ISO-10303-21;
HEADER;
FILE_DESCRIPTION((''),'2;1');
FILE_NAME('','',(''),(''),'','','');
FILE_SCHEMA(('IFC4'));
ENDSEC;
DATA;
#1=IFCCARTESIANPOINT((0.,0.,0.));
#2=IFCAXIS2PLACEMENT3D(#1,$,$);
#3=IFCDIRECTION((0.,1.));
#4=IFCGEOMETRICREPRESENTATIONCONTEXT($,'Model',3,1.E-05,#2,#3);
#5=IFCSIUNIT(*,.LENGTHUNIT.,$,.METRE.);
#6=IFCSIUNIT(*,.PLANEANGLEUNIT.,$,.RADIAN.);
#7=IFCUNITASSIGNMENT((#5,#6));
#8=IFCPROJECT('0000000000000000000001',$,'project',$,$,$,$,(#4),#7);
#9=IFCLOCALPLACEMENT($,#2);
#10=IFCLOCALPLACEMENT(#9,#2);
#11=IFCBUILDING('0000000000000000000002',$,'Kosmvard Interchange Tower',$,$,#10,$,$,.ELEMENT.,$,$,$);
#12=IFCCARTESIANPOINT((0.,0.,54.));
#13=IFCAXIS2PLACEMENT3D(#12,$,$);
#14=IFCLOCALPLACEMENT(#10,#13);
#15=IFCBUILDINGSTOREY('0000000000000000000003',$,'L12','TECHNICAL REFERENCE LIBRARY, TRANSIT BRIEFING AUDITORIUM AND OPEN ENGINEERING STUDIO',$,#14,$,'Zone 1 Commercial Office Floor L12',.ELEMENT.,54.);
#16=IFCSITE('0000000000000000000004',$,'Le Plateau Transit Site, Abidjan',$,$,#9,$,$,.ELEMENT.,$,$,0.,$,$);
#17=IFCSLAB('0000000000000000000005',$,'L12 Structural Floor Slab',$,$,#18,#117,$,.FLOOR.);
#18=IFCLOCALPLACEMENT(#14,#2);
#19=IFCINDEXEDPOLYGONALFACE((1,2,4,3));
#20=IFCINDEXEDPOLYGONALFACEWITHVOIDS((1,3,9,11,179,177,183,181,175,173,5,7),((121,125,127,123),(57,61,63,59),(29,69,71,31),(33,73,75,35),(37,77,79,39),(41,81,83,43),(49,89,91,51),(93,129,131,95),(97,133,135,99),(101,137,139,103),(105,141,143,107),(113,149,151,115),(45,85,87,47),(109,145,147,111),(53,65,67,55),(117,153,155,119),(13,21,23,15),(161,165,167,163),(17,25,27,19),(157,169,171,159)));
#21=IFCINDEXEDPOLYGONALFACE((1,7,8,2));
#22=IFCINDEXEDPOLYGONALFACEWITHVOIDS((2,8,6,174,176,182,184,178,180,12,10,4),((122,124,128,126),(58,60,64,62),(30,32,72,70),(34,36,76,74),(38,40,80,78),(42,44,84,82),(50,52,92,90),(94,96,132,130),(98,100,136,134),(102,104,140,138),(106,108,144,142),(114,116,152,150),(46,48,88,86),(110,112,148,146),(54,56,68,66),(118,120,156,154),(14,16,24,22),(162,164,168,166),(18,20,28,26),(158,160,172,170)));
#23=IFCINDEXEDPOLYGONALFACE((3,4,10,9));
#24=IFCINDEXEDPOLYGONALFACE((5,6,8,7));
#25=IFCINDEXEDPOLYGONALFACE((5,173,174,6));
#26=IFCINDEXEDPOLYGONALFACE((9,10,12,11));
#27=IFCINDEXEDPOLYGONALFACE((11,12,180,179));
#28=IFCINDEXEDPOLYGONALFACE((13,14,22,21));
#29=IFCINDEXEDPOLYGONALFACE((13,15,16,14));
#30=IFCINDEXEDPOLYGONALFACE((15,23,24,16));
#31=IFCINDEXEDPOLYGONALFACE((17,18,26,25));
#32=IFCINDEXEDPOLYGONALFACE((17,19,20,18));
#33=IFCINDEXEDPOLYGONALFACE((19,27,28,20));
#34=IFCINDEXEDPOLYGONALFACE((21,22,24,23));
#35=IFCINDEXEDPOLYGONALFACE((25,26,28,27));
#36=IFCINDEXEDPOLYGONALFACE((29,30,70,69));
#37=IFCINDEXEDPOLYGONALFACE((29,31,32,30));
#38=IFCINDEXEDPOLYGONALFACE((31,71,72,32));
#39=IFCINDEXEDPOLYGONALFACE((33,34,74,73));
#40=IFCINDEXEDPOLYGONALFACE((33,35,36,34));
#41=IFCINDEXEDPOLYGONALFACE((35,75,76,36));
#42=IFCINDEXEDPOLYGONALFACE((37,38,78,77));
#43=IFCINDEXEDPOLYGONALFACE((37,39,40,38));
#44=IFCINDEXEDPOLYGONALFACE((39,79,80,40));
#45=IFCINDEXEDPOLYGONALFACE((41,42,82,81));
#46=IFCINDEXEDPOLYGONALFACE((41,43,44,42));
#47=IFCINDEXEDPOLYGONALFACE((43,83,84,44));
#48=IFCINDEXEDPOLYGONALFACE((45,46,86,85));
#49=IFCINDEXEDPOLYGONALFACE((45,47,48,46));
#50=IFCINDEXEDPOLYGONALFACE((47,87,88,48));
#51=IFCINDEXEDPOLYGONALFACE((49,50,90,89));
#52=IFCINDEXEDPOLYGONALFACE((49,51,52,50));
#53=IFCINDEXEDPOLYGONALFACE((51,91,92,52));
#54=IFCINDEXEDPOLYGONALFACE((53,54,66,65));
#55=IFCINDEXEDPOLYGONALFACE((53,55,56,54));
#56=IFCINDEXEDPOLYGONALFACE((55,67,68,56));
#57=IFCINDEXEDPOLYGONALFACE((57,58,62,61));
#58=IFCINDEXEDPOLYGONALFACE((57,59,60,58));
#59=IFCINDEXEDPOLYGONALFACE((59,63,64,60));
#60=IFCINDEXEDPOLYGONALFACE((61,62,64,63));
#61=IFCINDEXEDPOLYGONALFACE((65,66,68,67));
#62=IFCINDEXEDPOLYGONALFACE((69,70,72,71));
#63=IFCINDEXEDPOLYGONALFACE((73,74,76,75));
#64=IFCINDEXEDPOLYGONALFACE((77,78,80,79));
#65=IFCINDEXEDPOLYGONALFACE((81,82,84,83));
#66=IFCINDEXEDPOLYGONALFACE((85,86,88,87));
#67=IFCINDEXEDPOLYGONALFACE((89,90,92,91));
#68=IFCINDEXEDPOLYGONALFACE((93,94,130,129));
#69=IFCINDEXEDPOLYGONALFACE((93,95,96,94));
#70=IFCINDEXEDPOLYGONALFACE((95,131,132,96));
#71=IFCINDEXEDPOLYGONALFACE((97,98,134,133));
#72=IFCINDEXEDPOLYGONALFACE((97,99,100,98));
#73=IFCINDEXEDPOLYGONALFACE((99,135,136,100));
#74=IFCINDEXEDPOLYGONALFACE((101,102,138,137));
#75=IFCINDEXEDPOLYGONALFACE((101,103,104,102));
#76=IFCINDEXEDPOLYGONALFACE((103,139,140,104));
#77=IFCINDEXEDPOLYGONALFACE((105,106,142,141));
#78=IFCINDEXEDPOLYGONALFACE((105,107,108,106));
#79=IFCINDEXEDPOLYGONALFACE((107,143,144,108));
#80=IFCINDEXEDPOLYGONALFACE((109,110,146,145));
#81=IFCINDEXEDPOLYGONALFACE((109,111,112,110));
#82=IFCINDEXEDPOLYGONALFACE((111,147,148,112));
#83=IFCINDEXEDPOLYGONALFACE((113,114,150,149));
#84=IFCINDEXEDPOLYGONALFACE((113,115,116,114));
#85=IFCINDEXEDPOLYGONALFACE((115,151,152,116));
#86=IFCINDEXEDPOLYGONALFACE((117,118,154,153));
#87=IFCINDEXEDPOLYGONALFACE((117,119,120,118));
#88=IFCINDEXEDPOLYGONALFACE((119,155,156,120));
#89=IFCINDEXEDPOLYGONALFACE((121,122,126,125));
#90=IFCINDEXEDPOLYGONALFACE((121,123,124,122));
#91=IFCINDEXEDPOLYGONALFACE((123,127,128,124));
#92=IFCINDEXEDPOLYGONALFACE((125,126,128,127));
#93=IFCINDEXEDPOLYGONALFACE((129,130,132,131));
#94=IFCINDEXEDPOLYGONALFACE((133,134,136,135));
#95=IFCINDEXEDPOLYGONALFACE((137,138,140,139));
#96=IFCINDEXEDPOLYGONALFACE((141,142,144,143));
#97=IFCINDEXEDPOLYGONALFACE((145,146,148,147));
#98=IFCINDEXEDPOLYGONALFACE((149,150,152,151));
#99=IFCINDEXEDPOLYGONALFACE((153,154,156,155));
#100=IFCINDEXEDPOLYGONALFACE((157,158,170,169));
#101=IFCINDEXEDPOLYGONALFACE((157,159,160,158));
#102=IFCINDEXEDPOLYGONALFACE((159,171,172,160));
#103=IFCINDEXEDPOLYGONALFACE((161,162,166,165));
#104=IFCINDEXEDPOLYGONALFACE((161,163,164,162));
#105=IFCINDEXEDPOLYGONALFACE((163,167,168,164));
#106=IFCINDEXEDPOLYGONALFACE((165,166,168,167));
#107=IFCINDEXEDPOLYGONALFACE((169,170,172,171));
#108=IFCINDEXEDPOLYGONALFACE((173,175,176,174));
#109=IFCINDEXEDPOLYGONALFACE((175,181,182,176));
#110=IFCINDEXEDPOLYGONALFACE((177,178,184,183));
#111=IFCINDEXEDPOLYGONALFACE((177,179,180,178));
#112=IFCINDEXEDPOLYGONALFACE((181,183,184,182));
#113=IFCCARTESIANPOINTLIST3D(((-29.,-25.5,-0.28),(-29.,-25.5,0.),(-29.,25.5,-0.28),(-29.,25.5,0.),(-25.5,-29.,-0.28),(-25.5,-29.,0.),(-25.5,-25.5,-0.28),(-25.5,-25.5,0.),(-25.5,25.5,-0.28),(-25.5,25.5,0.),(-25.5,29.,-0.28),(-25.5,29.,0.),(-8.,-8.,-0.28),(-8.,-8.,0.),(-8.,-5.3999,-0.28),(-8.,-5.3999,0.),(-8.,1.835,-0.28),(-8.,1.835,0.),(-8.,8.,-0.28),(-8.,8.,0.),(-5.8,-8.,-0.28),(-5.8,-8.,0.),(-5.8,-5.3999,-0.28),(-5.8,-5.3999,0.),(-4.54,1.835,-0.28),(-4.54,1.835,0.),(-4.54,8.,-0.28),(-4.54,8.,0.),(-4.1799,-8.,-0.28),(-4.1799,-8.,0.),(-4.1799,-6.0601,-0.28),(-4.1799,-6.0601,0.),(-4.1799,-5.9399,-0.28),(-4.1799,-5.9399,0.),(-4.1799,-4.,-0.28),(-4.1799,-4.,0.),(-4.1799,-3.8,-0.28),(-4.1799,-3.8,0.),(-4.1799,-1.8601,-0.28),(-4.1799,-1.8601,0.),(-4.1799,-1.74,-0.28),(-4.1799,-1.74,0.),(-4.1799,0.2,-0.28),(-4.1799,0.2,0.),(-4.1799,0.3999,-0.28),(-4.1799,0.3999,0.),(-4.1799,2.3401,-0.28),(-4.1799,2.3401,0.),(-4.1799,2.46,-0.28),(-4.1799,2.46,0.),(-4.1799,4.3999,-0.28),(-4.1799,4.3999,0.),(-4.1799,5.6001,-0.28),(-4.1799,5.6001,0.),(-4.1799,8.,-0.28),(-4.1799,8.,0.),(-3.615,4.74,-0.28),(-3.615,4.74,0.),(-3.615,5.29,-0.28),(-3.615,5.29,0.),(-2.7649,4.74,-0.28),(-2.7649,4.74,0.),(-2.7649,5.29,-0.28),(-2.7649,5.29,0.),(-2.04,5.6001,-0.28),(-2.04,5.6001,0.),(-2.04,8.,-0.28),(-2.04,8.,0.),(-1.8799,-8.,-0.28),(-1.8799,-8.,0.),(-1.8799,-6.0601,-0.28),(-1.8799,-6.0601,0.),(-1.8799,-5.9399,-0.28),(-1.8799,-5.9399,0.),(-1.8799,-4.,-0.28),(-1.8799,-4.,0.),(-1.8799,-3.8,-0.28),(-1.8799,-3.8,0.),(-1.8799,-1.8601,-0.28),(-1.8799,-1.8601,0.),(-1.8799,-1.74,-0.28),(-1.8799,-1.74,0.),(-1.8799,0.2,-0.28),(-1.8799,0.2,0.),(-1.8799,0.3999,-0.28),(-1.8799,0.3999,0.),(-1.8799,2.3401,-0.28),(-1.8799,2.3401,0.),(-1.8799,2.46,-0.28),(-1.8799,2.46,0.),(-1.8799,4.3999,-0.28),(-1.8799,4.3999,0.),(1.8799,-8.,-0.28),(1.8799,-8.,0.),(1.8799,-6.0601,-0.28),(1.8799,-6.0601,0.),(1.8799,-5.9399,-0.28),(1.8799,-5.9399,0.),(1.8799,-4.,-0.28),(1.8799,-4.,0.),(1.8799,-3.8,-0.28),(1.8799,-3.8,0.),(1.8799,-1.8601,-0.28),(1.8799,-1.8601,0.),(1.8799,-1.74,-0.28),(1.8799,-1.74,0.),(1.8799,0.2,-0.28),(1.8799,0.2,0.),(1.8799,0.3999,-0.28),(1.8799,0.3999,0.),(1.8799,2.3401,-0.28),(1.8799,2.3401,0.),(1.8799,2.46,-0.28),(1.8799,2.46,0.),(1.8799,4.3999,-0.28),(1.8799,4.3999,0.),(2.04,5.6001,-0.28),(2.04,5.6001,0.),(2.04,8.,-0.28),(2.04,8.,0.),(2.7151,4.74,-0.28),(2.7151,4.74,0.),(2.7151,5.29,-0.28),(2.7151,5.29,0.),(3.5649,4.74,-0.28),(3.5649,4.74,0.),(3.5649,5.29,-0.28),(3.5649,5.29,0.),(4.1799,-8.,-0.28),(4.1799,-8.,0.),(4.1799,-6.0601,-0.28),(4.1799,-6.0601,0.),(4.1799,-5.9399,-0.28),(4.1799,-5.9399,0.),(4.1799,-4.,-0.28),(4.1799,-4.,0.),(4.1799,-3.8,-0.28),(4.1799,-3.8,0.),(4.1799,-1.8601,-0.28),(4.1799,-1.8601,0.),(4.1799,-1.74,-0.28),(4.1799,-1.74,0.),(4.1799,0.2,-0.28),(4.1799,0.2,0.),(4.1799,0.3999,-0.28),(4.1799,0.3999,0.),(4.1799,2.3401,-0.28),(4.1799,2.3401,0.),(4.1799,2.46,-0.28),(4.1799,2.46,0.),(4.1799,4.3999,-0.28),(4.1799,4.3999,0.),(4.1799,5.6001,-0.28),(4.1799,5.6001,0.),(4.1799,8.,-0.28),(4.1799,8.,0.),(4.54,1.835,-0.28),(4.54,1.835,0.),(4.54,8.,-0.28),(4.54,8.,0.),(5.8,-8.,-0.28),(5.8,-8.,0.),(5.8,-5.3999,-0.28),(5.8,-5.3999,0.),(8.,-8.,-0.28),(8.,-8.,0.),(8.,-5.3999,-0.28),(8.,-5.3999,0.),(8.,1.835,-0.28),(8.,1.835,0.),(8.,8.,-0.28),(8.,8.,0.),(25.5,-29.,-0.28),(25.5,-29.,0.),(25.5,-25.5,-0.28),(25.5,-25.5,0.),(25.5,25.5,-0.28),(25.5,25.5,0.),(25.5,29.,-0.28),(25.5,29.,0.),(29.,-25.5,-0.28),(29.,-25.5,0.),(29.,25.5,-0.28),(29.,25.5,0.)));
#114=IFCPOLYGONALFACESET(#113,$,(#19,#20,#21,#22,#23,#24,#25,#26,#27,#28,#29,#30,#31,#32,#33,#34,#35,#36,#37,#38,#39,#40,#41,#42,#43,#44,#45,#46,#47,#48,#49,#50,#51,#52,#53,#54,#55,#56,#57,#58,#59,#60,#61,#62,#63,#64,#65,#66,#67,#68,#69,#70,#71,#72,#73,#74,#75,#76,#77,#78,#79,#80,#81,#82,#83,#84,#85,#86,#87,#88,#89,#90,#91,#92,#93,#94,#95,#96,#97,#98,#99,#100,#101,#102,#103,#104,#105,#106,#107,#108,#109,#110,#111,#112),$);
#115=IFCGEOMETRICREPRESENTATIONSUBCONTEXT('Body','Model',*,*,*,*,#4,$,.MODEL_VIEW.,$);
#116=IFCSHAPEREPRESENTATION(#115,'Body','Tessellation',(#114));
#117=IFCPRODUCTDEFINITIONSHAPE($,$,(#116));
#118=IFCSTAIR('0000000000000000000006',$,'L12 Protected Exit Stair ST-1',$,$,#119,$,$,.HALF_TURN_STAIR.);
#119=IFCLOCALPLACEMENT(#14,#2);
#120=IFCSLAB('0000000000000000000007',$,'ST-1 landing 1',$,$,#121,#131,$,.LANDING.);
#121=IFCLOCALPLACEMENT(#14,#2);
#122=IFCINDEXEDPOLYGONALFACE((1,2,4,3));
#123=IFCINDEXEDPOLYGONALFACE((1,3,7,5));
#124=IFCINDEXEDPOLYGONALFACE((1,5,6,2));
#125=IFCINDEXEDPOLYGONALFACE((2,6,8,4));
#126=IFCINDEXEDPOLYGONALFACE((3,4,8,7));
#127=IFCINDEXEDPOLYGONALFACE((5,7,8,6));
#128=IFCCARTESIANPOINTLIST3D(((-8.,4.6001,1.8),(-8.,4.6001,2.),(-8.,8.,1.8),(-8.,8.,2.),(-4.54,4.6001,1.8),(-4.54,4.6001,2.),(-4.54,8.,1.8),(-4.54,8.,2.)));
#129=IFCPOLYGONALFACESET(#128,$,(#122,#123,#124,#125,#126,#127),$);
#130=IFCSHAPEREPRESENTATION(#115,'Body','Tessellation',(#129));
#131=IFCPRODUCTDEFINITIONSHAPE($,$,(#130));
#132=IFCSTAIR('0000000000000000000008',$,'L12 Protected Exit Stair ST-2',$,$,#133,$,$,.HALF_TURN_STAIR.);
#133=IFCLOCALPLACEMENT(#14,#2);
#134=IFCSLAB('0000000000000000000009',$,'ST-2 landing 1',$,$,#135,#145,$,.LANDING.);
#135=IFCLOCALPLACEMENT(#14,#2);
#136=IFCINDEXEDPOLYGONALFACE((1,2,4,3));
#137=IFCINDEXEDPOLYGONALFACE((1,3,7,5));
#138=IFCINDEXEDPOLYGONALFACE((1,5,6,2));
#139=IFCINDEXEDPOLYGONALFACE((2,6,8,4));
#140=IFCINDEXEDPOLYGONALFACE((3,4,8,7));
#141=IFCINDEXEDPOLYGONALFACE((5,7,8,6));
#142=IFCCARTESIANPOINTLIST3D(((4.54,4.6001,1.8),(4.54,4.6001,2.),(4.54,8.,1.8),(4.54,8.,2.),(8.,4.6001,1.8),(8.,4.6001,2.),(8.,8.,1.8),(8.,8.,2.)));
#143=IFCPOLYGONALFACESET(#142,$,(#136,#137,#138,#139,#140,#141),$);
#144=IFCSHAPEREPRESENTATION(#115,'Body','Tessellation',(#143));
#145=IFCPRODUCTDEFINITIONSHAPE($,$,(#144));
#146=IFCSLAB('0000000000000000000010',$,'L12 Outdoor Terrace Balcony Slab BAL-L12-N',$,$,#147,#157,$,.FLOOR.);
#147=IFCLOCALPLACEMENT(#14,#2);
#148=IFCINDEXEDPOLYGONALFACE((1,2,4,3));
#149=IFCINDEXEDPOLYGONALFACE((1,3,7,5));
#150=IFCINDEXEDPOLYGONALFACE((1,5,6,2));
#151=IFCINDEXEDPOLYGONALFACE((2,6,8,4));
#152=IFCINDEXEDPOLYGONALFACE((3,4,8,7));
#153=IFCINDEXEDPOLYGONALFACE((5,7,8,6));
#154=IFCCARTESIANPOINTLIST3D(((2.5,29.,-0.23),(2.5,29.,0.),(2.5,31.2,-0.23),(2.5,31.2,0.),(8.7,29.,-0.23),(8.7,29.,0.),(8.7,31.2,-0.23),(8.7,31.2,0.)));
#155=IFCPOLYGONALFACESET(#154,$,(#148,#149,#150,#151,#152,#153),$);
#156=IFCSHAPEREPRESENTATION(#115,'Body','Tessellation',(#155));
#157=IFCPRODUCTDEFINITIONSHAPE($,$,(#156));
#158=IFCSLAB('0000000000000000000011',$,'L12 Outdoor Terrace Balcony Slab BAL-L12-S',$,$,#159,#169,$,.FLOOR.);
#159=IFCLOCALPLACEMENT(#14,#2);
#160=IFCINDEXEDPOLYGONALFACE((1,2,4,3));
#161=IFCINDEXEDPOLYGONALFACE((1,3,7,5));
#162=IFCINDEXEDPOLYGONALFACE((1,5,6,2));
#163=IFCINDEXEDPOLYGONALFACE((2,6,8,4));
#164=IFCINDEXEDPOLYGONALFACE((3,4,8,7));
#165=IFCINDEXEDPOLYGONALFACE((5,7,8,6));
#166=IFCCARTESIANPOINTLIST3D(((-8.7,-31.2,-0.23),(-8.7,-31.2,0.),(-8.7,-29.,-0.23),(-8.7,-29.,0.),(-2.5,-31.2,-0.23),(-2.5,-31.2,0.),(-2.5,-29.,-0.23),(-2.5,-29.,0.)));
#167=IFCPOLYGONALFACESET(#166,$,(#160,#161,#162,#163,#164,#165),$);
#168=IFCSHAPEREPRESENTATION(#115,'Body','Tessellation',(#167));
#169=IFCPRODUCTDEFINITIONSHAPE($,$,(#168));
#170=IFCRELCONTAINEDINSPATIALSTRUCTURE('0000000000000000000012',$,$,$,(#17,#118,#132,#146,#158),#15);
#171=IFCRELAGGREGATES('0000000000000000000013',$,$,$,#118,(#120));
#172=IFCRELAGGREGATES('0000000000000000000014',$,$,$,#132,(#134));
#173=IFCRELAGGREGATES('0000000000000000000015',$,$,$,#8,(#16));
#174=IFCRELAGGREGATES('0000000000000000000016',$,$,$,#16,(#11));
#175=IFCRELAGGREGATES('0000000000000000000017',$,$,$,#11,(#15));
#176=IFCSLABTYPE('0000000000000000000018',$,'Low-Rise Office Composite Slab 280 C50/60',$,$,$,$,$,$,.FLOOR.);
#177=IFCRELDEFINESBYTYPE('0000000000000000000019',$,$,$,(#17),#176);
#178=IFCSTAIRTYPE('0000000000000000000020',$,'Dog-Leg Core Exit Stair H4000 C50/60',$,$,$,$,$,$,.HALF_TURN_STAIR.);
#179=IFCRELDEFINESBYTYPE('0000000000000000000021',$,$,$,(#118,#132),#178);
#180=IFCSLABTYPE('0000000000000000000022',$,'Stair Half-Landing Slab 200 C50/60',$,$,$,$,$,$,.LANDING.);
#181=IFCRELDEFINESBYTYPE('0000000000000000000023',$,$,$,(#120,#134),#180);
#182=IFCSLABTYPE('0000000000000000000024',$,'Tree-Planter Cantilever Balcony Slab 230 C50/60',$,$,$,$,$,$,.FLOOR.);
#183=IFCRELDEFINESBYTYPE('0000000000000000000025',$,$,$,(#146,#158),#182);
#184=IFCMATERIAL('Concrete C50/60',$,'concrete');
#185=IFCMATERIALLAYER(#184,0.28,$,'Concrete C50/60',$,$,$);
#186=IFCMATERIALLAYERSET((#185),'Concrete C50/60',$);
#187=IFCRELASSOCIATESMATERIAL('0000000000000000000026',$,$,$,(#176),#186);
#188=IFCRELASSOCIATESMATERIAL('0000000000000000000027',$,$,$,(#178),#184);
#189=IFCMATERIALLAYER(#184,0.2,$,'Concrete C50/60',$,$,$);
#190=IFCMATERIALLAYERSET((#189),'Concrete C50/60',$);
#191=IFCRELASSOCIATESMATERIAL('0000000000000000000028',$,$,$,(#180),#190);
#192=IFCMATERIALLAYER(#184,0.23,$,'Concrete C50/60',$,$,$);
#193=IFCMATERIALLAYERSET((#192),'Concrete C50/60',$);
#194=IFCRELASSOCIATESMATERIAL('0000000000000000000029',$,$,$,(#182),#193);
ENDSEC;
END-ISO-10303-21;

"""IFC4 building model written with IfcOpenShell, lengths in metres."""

from ifc_helpers import new_model, si_unit, direction, frame, origin, place, context, subcontext, project, spatial, polyline, outline, extrude, material, layer, layer_set, type_object, element, aggregate, save


model = new_model("IFC4")

# Units and contexts
model_context = context("Model", 3, precision=1e-05, world=origin(), true_north=direction((0.0, 1.0)))
body_context = subcontext(model_context, "Body", "Model", "MODEL_VIEW")
ifc_project = project(units=[si_unit("LENGTHUNIT", "METRE"), si_unit("PLANEANGLEUNIT", "RADIAN")], contexts=[model_context])

# Site, building, storey
site_placement = place(None, origin())
site = spatial("IfcSite", under=ifc_project, at=site_placement, Name="Le Plateau Transit Site, Abidjan", CompositionType="ELEMENT", RefElevation=0.0)
building_placement = place(site_placement, origin())
building = spatial("IfcBuilding", under=site, at=building_placement, Name="Kosmvard Interchange Tower", CompositionType="ELEMENT")
storey_placement = place(building_placement, frame((0.0, 0.0, 54.0)))
storey = spatial("IfcBuildingStorey", under=building, at=storey_placement, Name="L12", Description="TECHNICAL REFERENCE LIBRARY, TRANSIT BRIEFING AUDITORIUM AND OPEN ENGINEERING STUDIO", LongName="Zone 1 Commercial Office Floor L12", CompositionType="ELEMENT", Elevation=54.0)

# Slab
ifc_material_1 = material(Name="Concrete C50/60", Category="concrete")
ifc_layer_1 = layer(ifc_material_1, 0.28, Name="Concrete C50/60")
ifc_layer_set_1 = layer_set([ifc_layer_1], Name="Concrete C50/60")
slab_type_1 = type_object("IfcSlabType", Name="Low-Rise Office Composite Slab 280 C50/60", PredefinedType="FLOOR", material=ifc_layer_set_1)
slab_1_placement = place(storey_placement, frame((0.0, 0.0, -0.28)))
element("IfcSlab", 1, at=slab_1_placement, inside=storey, type_object=slab_type_1, Name="L12 Structural Floor Slab", PredefinedType="FLOOR", context=body_context, shape_type="SweptSolid", body=[
    extrude(outline(polyline([(-25.5, -29.0), (25.5, -29.0), (25.5, -25.5), (29.0, -25.5), (29.0, 25.5), (25.5, 25.5), (25.5, 29.0), (-25.5, 29.0), (-25.5, 25.5), (-29.0, 25.5), (-29.0, -25.5), (-25.5, -25.5), (-25.5, -29.0)]), holes=[polyline([(-8.0, 1.835), (-4.54, 1.835), (-4.54, 8.0), (-8.0, 8.0), (-8.0, 1.835)]), polyline([(4.54, 1.835), (8.0, 1.835), (8.0, 8.0), (4.54, 8.0), (4.54, 1.835)]), polyline([(-8.0, -8.0), (-5.8, -8.0), (-5.8, -5.3999), (-8.0, -5.3999), (-8.0, -8.0)]), polyline([(5.8, -8.0), (8.0, -8.0), (8.0, -5.3999), (5.8, -5.3999), (5.8, -8.0)]), polyline([(-4.1799, -8.0), (-1.8799, -8.0), (-1.8799, -6.0601), (-4.1799, -6.0601), (-4.1799, -8.0)]), polyline([(-4.1799, -5.9399), (-1.8799, -5.9399), (-1.8799, -4.0), (-4.1799, -4.0), (-4.1799, -5.9399)]), polyline([(1.8799, -8.0), (4.1799, -8.0), (4.1799, -6.0601), (1.8799, -6.0601), (1.8799, -8.0)]), polyline([(1.8799, -5.9399), (4.1799, -5.9399), (4.1799, -4.0), (1.8799, -4.0), (1.8799, -5.9399)]), polyline([(-4.1799, -3.8), (-1.8799, -3.8), (-1.8799, -1.8601), (-4.1799, -1.8601), (-4.1799, -3.8)]), polyline([(-4.1799, -1.74), (-1.8799, -1.74), (-1.8799, 0.2), (-4.1799, 0.2), (-4.1799, -1.74)]), polyline([(1.8799, -3.8), (4.1799, -3.8), (4.1799, -1.8601), (1.8799, -1.8601), (1.8799, -3.8)]), polyline([(1.8799, -1.74), (4.1799, -1.74), (4.1799, 0.2), (1.8799, 0.2), (1.8799, -1.74)]), polyline([(-4.1799, 0.3999), (-1.8799, 0.3999), (-1.8799, 2.3401), (-4.1799, 2.3401), (-4.1799, 0.3999)]), polyline([(-4.1799, 2.46), (-1.8799, 2.46), (-1.8799, 4.3999), (-4.1799, 4.3999), (-4.1799, 2.46)]), polyline([(1.8799, 0.3999), (4.1799, 0.3999), (4.1799, 2.3401), (1.8799, 2.3401), (1.8799, 0.3999)]), polyline([(1.8799, 2.46), (4.1799, 2.46), (4.1799, 4.3999), (1.8799, 4.3999), (1.8799, 2.46)]), polyline([(-4.1799, 5.6001), (-2.04, 5.6001), (-2.04, 8.0), (-4.1799, 8.0), (-4.1799, 5.6001)]), polyline([(2.04, 5.6001), (4.1799, 5.6001), (4.1799, 8.0), (2.04, 8.0), (2.04, 5.6001)]), polyline([(-3.615, 4.74), (-2.7649, 4.74), (-2.7649, 5.29), (-3.615, 5.29), (-3.615, 4.74)]), polyline([(2.7151, 4.74), (3.5649, 4.74), (3.5649, 5.29), (2.7151, 5.29), (2.7151, 4.74)])]), origin(), (0.0, 0.0, 1.0), 0.28),
])

# Stairs, slabs
stair_type = type_object("IfcStairType", Name="Dog-Leg Core Exit Stair H4000 C50/60", PredefinedType="HALF_TURN_STAIR", material=ifc_material_1)
stair_1_placement = place(storey_placement, origin())
stair_1 = element("IfcStair", 2, at=stair_1_placement, inside=storey, type_object=stair_type, Name="L12 Protected Exit Stair ST-1", PredefinedType="HALF_TURN_STAIR")
ifc_layer_2 = layer(ifc_material_1, 0.2, Name="Concrete C50/60")
ifc_layer_set_2 = layer_set([ifc_layer_2], Name="Concrete C50/60")
slab_type_2 = type_object("IfcSlabType", Name="Stair Half-Landing Slab 200 C50/60", PredefinedType="LANDING", material=ifc_layer_set_2)
slab_2_placement = place(storey_placement, frame((0.0, 0.0, 1.8)))
slab_2 = element("IfcSlab", 3, at=slab_2_placement, type_object=slab_type_2, Name="ST-1 landing 1", PredefinedType="LANDING", context=body_context, shape_type="SweptSolid", body=[
    extrude(outline(polyline([(-4.54, 4.6001), (-4.54, 8.0), (-8.0, 8.0), (-8.0, 4.6001), (-4.54, 4.6001)])), origin(), (0.0, 0.0, 1.0), 0.2),
])
aggregate(stair_1, [slab_2])
stair_2_placement = place(storey_placement, origin())
stair_2 = element("IfcStair", 4, at=stair_2_placement, inside=storey, type_object=stair_type, Name="L12 Protected Exit Stair ST-2", PredefinedType="HALF_TURN_STAIR")
slab_3_placement = place(storey_placement, frame((0.0, 0.0, 1.8)))
slab_3 = element("IfcSlab", 5, at=slab_3_placement, type_object=slab_type_2, Name="ST-2 landing 1", PredefinedType="LANDING", context=body_context, shape_type="SweptSolid", body=[
    extrude(outline(polyline([(8.0, 4.6001), (8.0, 8.0), (4.54, 8.0), (4.54, 4.6001), (8.0, 4.6001)])), origin(), (0.0, 0.0, 1.0), 0.2),
])
aggregate(stair_2, [slab_3])

# Slabs
ifc_layer_3 = layer(ifc_material_1, 0.23, Name="Concrete C50/60")
ifc_layer_set_3 = layer_set([ifc_layer_3], Name="Concrete C50/60")
slab_type_3 = type_object("IfcSlabType", Name="Tree-Planter Cantilever Balcony Slab 230 C50/60", PredefinedType="FLOOR", material=ifc_layer_set_3)
slab_4_placement = place(storey_placement, frame((0.0, 0.0, -0.23)))
element("IfcSlab", 6, at=slab_4_placement, inside=storey, type_object=slab_type_3, Name="L12 Outdoor Terrace Balcony Slab BAL-L12-N", PredefinedType="FLOOR", context=body_context, shape_type="SweptSolid", body=[
    extrude(outline(polyline([(2.5, 29.0), (8.7, 29.0), (8.7, 31.2), (2.5, 31.2), (2.5, 29.0)])), origin(), (0.0, 0.0, 1.0), 0.23),
])
slab_5_placement = place(storey_placement, frame((0.0, 0.0, -0.23)))
element("IfcSlab", 7, at=slab_5_placement, inside=storey, type_object=slab_type_3, Name="L12 Outdoor Terrace Balcony Slab BAL-L12-S", PredefinedType="FLOOR", context=body_context, shape_type="SweptSolid", body=[
    extrude(outline(polyline([(-8.7, -31.2), (-2.5, -31.2), (-2.5, -29.0), (-8.7, -29.0), (-8.7, -31.2)])), origin(), (0.0, 0.0, 1.0), 0.23),
])

save(model, "model.ifc")
